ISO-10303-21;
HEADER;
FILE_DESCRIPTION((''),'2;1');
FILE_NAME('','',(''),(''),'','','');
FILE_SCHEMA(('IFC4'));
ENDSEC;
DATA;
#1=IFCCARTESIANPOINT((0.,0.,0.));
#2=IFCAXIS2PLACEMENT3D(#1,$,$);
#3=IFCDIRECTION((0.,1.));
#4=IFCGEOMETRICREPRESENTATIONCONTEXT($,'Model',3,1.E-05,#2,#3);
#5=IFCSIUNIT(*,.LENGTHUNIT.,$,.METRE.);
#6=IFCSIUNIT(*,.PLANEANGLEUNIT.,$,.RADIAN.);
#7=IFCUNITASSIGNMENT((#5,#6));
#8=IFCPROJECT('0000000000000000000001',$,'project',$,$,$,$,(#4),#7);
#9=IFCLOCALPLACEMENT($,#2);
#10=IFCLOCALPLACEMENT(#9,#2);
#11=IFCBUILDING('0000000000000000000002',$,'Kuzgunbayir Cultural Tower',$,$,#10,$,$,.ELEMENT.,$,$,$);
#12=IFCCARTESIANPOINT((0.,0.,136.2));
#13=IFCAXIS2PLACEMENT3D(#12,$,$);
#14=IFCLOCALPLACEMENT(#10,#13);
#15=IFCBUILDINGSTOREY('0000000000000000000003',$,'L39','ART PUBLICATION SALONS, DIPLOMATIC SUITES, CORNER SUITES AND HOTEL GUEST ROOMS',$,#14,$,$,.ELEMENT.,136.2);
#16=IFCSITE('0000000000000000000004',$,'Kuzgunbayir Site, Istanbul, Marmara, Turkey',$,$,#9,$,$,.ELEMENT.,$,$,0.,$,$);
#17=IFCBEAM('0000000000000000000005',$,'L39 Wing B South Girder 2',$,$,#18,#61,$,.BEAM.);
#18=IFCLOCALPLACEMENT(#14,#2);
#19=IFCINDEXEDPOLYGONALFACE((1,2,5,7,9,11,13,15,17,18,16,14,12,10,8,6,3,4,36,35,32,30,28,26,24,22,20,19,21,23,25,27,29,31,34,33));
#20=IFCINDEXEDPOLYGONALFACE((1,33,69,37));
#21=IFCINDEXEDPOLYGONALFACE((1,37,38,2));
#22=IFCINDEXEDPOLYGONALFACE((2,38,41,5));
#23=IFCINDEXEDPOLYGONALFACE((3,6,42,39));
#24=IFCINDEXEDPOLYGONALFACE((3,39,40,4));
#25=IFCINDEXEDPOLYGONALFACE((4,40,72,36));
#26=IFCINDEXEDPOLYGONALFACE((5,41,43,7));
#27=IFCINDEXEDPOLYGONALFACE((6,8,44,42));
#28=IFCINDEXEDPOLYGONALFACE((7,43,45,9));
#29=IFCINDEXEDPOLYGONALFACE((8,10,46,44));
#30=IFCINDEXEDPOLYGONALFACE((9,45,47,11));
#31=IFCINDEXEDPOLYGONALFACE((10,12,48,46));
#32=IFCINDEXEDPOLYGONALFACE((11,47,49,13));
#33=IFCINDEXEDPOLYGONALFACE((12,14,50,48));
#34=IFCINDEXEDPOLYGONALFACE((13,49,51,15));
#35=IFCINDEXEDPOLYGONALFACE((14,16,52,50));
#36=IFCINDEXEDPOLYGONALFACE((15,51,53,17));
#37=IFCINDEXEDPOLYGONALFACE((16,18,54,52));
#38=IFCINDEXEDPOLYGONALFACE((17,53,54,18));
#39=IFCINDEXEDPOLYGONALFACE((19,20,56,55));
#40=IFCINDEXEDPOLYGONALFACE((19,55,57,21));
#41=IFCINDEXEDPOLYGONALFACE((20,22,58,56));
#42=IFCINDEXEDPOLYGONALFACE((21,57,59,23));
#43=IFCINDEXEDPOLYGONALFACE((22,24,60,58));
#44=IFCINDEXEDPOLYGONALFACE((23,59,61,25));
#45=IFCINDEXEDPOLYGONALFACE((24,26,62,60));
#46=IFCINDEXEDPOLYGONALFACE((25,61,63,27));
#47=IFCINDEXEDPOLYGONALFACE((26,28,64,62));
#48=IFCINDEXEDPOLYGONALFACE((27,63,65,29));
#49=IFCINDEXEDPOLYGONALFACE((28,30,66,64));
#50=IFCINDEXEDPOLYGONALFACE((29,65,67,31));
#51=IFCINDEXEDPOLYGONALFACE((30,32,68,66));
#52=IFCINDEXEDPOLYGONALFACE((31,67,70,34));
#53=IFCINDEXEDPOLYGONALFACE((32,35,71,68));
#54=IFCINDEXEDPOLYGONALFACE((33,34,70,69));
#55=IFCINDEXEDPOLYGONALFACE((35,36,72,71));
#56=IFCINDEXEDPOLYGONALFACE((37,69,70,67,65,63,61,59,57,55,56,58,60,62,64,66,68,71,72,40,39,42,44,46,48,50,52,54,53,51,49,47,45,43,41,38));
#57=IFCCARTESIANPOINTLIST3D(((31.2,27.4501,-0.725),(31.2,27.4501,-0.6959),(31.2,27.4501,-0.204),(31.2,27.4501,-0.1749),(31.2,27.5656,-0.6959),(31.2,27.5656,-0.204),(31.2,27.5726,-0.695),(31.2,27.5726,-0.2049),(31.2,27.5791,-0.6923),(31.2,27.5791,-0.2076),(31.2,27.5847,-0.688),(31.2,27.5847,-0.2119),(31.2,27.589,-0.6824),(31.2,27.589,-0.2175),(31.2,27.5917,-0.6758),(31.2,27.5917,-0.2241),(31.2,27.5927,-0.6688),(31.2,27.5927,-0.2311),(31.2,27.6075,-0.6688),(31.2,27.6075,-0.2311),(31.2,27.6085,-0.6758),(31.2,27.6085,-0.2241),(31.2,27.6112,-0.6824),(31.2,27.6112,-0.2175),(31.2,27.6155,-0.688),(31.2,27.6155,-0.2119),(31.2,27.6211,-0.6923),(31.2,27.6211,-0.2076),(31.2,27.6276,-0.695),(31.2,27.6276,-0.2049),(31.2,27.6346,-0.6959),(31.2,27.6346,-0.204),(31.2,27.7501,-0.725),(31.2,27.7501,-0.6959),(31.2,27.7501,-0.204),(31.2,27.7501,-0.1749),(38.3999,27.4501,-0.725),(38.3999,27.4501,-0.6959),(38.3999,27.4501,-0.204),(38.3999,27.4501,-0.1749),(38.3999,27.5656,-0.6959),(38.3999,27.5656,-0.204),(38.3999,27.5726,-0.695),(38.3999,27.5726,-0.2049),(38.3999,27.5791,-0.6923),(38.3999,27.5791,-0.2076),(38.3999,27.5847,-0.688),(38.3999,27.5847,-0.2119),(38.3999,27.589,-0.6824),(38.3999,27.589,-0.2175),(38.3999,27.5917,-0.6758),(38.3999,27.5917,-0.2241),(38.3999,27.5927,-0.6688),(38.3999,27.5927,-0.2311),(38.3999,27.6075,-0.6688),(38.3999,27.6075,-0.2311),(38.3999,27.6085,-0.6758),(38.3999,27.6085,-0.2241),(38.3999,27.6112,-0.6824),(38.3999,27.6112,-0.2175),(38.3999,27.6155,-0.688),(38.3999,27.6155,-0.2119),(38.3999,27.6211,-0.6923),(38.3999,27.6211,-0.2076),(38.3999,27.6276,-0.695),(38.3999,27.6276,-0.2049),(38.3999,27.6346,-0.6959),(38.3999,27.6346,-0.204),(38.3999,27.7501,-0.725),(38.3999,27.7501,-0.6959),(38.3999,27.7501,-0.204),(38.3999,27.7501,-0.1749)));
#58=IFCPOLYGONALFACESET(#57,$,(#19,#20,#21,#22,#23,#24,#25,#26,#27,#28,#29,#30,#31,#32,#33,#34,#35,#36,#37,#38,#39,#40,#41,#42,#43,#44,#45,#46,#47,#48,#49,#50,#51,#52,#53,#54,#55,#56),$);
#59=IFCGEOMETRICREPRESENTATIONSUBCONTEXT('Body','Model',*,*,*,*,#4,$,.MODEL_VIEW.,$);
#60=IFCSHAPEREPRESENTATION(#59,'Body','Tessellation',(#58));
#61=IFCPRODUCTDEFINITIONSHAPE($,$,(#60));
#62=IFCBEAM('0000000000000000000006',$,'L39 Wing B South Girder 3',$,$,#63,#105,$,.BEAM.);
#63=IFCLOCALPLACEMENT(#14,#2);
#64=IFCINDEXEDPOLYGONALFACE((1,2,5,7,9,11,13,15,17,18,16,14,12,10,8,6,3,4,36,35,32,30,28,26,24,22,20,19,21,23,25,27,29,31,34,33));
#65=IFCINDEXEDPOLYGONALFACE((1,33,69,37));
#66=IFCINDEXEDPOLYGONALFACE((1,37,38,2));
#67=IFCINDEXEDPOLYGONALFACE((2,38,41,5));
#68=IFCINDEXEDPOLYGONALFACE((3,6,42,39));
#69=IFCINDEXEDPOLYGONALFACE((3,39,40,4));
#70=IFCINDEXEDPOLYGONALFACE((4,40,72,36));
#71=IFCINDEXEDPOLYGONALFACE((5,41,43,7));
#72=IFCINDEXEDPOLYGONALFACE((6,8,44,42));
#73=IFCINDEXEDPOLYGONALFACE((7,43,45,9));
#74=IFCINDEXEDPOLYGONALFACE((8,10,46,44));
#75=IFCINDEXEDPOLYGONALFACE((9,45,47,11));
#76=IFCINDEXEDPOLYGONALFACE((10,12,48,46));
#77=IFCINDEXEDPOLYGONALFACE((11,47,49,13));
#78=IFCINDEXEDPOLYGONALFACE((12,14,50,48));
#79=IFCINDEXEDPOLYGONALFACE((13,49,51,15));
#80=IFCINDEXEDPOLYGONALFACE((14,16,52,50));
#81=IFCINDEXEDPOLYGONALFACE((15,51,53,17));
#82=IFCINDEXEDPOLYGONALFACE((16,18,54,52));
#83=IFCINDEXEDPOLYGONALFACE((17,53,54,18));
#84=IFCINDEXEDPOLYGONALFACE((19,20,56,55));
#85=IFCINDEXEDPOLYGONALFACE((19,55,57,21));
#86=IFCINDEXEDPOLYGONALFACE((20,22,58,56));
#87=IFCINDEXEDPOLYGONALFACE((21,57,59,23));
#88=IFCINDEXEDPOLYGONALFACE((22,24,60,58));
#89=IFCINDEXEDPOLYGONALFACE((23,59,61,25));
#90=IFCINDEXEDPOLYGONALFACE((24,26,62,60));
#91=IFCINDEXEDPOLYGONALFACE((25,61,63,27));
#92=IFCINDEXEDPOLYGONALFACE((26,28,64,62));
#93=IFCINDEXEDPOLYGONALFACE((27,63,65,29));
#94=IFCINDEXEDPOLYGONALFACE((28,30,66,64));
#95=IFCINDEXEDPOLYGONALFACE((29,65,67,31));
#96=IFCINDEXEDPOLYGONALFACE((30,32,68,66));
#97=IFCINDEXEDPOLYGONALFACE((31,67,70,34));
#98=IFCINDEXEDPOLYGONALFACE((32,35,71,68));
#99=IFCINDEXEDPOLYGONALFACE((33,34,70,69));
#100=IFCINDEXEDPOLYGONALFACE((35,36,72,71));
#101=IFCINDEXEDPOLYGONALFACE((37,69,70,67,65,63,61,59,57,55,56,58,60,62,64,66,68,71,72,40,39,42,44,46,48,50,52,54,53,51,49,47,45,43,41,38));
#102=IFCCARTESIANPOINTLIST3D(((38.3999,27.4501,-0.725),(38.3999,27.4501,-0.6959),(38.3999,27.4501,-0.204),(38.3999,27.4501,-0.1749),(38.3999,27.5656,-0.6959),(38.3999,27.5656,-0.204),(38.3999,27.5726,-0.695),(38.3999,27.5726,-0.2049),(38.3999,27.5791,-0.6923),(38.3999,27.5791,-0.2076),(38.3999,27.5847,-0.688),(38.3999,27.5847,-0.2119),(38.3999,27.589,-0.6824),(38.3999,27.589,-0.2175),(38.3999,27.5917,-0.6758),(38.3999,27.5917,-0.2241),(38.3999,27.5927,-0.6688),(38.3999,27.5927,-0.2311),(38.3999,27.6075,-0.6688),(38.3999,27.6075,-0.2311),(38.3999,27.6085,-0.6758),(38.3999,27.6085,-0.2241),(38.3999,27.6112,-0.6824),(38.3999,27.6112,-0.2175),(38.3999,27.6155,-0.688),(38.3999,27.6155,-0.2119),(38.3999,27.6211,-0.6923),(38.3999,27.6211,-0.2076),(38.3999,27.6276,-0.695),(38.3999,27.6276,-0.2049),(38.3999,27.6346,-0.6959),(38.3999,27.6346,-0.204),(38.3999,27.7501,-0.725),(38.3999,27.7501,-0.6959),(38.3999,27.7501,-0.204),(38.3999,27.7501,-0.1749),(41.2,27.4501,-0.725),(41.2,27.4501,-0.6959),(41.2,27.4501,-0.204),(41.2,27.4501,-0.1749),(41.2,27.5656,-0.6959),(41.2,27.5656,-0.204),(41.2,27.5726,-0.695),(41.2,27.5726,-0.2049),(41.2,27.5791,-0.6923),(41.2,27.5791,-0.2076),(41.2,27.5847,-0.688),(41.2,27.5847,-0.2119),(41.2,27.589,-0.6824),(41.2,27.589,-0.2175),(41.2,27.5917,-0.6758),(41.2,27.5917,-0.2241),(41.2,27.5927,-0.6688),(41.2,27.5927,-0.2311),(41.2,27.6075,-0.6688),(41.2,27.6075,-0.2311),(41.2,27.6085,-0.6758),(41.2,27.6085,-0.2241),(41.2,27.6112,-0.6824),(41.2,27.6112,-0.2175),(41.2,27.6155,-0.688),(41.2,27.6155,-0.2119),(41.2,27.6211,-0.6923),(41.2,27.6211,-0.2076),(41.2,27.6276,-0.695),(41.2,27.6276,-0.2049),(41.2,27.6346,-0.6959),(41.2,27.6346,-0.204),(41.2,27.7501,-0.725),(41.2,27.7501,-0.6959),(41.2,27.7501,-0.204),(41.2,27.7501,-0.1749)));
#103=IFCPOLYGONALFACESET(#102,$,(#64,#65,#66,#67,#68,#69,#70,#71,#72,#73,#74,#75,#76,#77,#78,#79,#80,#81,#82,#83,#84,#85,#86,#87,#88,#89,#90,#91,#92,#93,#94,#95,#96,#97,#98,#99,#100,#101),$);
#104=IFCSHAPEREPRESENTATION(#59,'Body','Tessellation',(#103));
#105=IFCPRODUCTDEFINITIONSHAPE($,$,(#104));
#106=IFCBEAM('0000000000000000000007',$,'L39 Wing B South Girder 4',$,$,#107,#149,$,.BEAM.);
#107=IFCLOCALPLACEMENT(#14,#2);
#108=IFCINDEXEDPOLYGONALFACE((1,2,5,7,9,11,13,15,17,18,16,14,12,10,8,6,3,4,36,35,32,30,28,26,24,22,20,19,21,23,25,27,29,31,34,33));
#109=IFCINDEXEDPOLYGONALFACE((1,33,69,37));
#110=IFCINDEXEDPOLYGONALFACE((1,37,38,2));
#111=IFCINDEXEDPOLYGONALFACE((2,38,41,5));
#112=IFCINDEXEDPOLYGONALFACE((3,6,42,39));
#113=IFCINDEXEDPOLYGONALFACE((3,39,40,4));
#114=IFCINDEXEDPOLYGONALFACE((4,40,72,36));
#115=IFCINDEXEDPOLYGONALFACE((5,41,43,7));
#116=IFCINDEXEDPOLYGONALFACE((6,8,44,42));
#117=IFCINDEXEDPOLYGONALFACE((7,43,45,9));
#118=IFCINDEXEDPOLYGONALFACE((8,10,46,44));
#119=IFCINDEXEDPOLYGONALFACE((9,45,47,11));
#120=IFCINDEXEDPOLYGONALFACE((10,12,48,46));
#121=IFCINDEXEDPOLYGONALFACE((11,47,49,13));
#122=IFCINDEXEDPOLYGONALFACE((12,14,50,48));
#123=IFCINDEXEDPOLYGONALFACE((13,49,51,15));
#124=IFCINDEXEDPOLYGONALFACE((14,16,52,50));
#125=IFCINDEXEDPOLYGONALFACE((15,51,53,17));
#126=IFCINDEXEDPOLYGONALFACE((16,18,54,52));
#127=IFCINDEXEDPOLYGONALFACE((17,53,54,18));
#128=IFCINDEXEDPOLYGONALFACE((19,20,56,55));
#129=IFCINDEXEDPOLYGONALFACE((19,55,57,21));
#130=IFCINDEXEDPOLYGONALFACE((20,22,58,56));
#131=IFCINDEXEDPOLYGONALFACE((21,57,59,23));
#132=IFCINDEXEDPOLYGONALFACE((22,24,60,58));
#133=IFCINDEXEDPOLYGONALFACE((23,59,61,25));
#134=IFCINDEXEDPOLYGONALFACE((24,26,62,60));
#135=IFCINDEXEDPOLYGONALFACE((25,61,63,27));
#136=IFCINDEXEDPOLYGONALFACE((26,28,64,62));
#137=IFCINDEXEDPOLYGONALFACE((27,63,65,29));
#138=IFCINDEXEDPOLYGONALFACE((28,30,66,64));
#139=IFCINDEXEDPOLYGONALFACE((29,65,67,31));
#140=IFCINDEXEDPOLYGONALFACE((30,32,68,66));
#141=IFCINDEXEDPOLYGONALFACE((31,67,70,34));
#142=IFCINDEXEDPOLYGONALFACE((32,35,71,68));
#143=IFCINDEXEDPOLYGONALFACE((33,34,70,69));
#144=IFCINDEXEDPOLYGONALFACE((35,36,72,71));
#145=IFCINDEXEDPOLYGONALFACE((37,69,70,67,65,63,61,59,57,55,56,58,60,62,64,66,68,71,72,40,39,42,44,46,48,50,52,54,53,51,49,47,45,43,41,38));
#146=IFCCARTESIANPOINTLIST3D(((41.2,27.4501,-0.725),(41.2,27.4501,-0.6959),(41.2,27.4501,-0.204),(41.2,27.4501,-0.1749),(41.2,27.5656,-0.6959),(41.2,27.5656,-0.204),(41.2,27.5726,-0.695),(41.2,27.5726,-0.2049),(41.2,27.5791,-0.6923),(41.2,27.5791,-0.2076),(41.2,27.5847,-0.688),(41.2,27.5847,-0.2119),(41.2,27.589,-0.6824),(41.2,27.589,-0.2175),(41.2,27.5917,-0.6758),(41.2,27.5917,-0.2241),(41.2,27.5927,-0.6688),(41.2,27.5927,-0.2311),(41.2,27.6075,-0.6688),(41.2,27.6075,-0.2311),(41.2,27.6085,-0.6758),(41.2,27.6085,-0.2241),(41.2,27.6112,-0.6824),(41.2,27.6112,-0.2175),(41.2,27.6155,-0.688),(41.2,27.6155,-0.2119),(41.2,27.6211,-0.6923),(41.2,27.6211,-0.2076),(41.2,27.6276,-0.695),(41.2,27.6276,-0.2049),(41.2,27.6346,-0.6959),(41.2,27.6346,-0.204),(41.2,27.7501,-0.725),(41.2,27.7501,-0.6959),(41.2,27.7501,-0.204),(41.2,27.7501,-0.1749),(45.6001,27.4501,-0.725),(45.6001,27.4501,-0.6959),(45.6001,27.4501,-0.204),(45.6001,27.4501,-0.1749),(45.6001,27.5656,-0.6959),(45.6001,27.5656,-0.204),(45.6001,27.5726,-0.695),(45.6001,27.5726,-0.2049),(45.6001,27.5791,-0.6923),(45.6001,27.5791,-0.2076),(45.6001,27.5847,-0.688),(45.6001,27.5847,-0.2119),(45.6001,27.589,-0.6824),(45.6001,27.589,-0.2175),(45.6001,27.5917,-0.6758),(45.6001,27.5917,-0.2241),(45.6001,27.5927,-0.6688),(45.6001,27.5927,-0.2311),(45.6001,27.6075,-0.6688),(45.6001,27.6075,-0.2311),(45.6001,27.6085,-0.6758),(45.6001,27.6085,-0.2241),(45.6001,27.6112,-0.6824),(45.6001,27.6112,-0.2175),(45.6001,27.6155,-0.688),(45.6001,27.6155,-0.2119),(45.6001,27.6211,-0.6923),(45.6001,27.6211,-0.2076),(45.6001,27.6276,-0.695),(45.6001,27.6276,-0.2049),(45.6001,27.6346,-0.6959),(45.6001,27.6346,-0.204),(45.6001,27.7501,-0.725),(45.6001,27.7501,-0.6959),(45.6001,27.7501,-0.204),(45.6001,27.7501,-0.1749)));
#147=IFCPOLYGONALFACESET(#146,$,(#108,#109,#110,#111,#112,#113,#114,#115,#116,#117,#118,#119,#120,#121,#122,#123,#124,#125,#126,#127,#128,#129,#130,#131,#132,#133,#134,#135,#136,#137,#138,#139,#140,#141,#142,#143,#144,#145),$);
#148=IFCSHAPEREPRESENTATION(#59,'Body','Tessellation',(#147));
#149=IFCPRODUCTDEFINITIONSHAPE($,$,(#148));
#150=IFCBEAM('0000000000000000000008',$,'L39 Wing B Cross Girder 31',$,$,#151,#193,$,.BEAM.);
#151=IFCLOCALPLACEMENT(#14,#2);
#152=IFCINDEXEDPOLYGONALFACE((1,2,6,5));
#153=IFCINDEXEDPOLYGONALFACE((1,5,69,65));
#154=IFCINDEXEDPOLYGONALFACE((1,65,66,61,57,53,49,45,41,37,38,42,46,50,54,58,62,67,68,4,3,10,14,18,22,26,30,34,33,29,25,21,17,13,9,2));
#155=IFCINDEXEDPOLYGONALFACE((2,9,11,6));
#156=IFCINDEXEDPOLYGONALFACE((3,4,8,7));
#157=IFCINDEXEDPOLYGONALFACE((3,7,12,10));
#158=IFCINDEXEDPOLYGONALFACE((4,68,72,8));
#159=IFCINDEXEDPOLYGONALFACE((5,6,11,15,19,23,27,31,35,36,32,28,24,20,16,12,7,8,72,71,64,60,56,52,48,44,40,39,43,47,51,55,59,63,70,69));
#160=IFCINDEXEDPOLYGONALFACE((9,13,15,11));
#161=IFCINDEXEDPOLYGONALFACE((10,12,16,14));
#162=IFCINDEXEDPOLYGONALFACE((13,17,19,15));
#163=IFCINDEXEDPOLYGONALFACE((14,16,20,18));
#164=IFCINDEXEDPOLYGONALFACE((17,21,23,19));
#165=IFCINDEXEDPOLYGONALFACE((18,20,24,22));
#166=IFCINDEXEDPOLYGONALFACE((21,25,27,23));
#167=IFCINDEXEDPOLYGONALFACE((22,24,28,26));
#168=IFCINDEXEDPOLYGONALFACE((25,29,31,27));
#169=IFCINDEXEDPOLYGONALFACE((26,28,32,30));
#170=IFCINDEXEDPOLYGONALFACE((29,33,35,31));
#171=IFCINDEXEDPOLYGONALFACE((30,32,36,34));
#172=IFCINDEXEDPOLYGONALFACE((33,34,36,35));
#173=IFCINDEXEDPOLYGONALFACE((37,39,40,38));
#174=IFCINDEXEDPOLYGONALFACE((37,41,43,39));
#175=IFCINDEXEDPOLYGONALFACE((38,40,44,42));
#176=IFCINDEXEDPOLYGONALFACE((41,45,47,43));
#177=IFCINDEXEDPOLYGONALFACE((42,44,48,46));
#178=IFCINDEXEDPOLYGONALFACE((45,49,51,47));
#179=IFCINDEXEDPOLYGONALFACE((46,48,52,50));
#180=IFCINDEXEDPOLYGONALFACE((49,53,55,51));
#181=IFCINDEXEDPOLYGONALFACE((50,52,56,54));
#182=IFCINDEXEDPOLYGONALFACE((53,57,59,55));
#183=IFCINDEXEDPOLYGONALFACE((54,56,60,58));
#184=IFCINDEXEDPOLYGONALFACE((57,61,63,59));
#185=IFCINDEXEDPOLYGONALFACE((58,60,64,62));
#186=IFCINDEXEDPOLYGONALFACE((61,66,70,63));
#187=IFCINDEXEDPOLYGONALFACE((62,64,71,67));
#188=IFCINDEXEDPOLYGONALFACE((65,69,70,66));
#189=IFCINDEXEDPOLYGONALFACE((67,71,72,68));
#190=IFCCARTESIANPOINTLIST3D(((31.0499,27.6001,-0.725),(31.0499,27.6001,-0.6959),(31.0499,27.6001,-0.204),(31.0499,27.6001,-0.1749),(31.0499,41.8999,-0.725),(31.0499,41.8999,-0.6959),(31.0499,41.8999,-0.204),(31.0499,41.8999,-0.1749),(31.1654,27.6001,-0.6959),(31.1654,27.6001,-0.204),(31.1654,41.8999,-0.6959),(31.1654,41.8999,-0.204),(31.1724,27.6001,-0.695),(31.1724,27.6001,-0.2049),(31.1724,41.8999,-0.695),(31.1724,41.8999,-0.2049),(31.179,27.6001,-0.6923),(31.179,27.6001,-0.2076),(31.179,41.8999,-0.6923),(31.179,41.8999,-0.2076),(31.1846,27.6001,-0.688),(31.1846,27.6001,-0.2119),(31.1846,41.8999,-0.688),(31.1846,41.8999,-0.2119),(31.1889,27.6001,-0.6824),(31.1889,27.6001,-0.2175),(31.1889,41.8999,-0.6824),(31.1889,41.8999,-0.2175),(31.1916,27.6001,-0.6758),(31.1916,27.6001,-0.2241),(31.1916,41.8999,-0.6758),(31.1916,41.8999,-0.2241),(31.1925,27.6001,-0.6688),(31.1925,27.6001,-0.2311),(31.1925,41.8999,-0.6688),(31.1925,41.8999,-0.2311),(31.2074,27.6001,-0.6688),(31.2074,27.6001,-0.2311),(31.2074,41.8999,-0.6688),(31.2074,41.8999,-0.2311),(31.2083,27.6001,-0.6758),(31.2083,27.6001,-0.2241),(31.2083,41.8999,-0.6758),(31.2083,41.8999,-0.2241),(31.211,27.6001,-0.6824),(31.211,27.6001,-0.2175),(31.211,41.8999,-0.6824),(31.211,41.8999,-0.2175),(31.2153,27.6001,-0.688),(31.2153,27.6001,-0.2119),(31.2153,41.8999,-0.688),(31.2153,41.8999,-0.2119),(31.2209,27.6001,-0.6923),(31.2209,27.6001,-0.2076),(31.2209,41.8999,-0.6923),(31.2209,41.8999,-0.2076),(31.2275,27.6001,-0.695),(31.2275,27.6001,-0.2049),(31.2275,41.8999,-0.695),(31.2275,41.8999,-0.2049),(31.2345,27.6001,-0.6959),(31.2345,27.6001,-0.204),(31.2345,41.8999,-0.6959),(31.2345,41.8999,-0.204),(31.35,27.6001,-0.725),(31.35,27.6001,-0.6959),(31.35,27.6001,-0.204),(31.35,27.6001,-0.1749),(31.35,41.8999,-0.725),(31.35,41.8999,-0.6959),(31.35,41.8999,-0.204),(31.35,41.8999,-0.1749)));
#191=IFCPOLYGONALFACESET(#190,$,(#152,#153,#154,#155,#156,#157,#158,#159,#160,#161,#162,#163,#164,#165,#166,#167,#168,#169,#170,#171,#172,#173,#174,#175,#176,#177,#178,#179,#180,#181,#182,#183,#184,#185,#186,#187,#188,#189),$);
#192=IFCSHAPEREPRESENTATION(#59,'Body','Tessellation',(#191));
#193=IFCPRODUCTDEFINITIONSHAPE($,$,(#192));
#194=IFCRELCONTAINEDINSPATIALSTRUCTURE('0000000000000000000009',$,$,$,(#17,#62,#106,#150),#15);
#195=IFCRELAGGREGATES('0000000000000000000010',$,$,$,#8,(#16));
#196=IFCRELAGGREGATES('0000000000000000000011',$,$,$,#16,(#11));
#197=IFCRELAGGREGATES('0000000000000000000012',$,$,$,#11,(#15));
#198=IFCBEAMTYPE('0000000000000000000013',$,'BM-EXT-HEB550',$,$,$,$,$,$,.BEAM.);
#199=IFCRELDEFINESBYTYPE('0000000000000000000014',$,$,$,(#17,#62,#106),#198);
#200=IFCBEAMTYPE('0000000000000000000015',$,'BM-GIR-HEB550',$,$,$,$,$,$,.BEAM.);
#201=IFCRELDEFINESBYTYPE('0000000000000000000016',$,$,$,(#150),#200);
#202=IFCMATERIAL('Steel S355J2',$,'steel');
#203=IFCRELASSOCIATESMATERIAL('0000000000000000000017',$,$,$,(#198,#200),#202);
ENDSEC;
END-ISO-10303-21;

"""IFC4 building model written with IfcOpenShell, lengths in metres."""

from ifc_helpers import new_model, si_unit, direction, frame, origin, origin_2d, place, context, subcontext, project, spatial, i_section, extrude, material, material_profile, profile_set, type_object, element, save


model = new_model("IFC4")

# Units and contexts
model_context = context("Model", 3, precision=1e-05, world=origin(), true_north=direction((0.0, 1.0)))
body_context = subcontext(model_context, "Body", "Model", "MODEL_VIEW")
ifc_project = project(units=[si_unit("LENGTHUNIT", "METRE"), si_unit("PLANEANGLEUNIT", "RADIAN")], contexts=[model_context])

# Site, building, storey
site_placement = place(None, origin())
site = spatial("IfcSite", under=ifc_project, at=site_placement, Name="Kuzgunbayir Site, Istanbul, Marmara, Turkey", CompositionType="ELEMENT", RefElevation=0.0)
building_placement = place(site_placement, origin())
building = spatial("IfcBuilding", under=site, at=building_placement, Name="Kuzgunbayir Cultural Tower", CompositionType="ELEMENT")
storey_placement = place(building_placement, frame((0.0, 0.0, 136.2)))
storey = spatial("IfcBuildingStorey", under=building, at=storey_placement, Name="L39", Description="ART PUBLICATION SALONS, DIPLOMATIC SUITES, CORNER SUITES AND HOTEL GUEST ROOMS", CompositionType="ELEMENT", Elevation=136.2)

# Beams
ifc_material_1 = material(Name="Steel S355J2", Category="steel")
ifc_material_profile_1 = material_profile(ifc_material_1, i_section(OverallWidth=0.3, OverallDepth=0.55, WebThickness=0.0149, FlangeThickness=0.0291, FilletRadius=0.0271, at=origin_2d()), Name="HEB 550")
ifc_profile_set_1 = profile_set([ifc_material_profile_1], Name="Steel S355J2")
beam_type_1 = type_object("IfcBeamType", Name="BM-EXT-HEB550", PredefinedType="BEAM", material=ifc_profile_set_1)
beam_1_placement = place(storey_placement, frame((31.2, 27.6001, -0.45), z_axis=(1.0, 0.0, 0.0), x_axis=(0.0, 1.0, 0.0)))
element("IfcBeam", 1, at=beam_1_placement, inside=storey, type_object=beam_type_1, Name="L39 Wing B South Girder 2", PredefinedType="BEAM", context=body_context, shape_type="SweptSolid", body=[
    extrude(i_section(OverallWidth=0.3, OverallDepth=0.55, WebThickness=0.0149, FlangeThickness=0.0291, FilletRadius=0.0271, at=origin_2d()), origin(), (0.0, 0.0, 1.0), 7.2),
])
beam_2_placement = place(storey_placement, frame((38.3999, 27.6001, -0.45), z_axis=(1.0, 0.0, 0.0), x_axis=(0.0, 1.0, 0.0)))
element("IfcBeam", 2, at=beam_2_placement, inside=storey, type_object=beam_type_1, Name="L39 Wing B South Girder 3", PredefinedType="BEAM", context=body_context, shape_type="SweptSolid", body=[
    extrude(i_section(OverallWidth=0.3, OverallDepth=0.55, WebThickness=0.0149, FlangeThickness=0.0291, FilletRadius=0.0271, at=origin_2d()), origin(), (0.0, 0.0, 1.0), 2.8),
])
beam_3_placement = place(storey_placement, frame((41.2, 27.6001, -0.45), z_axis=(1.0, 0.0, 0.0), x_axis=(0.0, 1.0, 0.0)))
element("IfcBeam", 3, at=beam_3_placement, inside=storey, type_object=beam_type_1, Name="L39 Wing B South Girder 4", PredefinedType="BEAM", context=body_context, shape_type="SweptSolid", body=[
    extrude(i_section(OverallWidth=0.3, OverallDepth=0.55, WebThickness=0.0149, FlangeThickness=0.0291, FilletRadius=0.0271, at=origin_2d()), origin(), (0.0, 0.0, 1.0), 4.4001),
])
ifc_material_profile_2 = material_profile(ifc_material_1, i_section(OverallWidth=0.3, OverallDepth=0.55, WebThickness=0.0149, FlangeThickness=0.0291, FilletRadius=0.0271, at=origin_2d()), Name="HEB 550")
ifc_profile_set_2 = profile_set([ifc_material_profile_2], Name="Steel S355J2")
beam_type_2 = type_object("IfcBeamType", Name="BM-GIR-HEB550", PredefinedType="BEAM", material=ifc_profile_set_2)
beam_4_placement = place(storey_placement, frame((31.2, 27.6001, -0.45), z_axis=(0.0, 1.0, 0.0), x_axis=(-1.0, 0.0, 0.0)))
element("IfcBeam", 4, at=beam_4_placement, inside=storey, type_object=beam_type_2, Name="L39 Wing B Cross Girder 31", PredefinedType="BEAM", context=body_context, shape_type="SweptSolid", body=[
    extrude(i_section(OverallWidth=0.3, OverallDepth=0.55, WebThickness=0.0149, FlangeThickness=0.0291, FilletRadius=0.0271, at=origin_2d()), origin(), (0.0, 0.0, 1.0), 14.2998),
])

save(model, "model.ifc")
